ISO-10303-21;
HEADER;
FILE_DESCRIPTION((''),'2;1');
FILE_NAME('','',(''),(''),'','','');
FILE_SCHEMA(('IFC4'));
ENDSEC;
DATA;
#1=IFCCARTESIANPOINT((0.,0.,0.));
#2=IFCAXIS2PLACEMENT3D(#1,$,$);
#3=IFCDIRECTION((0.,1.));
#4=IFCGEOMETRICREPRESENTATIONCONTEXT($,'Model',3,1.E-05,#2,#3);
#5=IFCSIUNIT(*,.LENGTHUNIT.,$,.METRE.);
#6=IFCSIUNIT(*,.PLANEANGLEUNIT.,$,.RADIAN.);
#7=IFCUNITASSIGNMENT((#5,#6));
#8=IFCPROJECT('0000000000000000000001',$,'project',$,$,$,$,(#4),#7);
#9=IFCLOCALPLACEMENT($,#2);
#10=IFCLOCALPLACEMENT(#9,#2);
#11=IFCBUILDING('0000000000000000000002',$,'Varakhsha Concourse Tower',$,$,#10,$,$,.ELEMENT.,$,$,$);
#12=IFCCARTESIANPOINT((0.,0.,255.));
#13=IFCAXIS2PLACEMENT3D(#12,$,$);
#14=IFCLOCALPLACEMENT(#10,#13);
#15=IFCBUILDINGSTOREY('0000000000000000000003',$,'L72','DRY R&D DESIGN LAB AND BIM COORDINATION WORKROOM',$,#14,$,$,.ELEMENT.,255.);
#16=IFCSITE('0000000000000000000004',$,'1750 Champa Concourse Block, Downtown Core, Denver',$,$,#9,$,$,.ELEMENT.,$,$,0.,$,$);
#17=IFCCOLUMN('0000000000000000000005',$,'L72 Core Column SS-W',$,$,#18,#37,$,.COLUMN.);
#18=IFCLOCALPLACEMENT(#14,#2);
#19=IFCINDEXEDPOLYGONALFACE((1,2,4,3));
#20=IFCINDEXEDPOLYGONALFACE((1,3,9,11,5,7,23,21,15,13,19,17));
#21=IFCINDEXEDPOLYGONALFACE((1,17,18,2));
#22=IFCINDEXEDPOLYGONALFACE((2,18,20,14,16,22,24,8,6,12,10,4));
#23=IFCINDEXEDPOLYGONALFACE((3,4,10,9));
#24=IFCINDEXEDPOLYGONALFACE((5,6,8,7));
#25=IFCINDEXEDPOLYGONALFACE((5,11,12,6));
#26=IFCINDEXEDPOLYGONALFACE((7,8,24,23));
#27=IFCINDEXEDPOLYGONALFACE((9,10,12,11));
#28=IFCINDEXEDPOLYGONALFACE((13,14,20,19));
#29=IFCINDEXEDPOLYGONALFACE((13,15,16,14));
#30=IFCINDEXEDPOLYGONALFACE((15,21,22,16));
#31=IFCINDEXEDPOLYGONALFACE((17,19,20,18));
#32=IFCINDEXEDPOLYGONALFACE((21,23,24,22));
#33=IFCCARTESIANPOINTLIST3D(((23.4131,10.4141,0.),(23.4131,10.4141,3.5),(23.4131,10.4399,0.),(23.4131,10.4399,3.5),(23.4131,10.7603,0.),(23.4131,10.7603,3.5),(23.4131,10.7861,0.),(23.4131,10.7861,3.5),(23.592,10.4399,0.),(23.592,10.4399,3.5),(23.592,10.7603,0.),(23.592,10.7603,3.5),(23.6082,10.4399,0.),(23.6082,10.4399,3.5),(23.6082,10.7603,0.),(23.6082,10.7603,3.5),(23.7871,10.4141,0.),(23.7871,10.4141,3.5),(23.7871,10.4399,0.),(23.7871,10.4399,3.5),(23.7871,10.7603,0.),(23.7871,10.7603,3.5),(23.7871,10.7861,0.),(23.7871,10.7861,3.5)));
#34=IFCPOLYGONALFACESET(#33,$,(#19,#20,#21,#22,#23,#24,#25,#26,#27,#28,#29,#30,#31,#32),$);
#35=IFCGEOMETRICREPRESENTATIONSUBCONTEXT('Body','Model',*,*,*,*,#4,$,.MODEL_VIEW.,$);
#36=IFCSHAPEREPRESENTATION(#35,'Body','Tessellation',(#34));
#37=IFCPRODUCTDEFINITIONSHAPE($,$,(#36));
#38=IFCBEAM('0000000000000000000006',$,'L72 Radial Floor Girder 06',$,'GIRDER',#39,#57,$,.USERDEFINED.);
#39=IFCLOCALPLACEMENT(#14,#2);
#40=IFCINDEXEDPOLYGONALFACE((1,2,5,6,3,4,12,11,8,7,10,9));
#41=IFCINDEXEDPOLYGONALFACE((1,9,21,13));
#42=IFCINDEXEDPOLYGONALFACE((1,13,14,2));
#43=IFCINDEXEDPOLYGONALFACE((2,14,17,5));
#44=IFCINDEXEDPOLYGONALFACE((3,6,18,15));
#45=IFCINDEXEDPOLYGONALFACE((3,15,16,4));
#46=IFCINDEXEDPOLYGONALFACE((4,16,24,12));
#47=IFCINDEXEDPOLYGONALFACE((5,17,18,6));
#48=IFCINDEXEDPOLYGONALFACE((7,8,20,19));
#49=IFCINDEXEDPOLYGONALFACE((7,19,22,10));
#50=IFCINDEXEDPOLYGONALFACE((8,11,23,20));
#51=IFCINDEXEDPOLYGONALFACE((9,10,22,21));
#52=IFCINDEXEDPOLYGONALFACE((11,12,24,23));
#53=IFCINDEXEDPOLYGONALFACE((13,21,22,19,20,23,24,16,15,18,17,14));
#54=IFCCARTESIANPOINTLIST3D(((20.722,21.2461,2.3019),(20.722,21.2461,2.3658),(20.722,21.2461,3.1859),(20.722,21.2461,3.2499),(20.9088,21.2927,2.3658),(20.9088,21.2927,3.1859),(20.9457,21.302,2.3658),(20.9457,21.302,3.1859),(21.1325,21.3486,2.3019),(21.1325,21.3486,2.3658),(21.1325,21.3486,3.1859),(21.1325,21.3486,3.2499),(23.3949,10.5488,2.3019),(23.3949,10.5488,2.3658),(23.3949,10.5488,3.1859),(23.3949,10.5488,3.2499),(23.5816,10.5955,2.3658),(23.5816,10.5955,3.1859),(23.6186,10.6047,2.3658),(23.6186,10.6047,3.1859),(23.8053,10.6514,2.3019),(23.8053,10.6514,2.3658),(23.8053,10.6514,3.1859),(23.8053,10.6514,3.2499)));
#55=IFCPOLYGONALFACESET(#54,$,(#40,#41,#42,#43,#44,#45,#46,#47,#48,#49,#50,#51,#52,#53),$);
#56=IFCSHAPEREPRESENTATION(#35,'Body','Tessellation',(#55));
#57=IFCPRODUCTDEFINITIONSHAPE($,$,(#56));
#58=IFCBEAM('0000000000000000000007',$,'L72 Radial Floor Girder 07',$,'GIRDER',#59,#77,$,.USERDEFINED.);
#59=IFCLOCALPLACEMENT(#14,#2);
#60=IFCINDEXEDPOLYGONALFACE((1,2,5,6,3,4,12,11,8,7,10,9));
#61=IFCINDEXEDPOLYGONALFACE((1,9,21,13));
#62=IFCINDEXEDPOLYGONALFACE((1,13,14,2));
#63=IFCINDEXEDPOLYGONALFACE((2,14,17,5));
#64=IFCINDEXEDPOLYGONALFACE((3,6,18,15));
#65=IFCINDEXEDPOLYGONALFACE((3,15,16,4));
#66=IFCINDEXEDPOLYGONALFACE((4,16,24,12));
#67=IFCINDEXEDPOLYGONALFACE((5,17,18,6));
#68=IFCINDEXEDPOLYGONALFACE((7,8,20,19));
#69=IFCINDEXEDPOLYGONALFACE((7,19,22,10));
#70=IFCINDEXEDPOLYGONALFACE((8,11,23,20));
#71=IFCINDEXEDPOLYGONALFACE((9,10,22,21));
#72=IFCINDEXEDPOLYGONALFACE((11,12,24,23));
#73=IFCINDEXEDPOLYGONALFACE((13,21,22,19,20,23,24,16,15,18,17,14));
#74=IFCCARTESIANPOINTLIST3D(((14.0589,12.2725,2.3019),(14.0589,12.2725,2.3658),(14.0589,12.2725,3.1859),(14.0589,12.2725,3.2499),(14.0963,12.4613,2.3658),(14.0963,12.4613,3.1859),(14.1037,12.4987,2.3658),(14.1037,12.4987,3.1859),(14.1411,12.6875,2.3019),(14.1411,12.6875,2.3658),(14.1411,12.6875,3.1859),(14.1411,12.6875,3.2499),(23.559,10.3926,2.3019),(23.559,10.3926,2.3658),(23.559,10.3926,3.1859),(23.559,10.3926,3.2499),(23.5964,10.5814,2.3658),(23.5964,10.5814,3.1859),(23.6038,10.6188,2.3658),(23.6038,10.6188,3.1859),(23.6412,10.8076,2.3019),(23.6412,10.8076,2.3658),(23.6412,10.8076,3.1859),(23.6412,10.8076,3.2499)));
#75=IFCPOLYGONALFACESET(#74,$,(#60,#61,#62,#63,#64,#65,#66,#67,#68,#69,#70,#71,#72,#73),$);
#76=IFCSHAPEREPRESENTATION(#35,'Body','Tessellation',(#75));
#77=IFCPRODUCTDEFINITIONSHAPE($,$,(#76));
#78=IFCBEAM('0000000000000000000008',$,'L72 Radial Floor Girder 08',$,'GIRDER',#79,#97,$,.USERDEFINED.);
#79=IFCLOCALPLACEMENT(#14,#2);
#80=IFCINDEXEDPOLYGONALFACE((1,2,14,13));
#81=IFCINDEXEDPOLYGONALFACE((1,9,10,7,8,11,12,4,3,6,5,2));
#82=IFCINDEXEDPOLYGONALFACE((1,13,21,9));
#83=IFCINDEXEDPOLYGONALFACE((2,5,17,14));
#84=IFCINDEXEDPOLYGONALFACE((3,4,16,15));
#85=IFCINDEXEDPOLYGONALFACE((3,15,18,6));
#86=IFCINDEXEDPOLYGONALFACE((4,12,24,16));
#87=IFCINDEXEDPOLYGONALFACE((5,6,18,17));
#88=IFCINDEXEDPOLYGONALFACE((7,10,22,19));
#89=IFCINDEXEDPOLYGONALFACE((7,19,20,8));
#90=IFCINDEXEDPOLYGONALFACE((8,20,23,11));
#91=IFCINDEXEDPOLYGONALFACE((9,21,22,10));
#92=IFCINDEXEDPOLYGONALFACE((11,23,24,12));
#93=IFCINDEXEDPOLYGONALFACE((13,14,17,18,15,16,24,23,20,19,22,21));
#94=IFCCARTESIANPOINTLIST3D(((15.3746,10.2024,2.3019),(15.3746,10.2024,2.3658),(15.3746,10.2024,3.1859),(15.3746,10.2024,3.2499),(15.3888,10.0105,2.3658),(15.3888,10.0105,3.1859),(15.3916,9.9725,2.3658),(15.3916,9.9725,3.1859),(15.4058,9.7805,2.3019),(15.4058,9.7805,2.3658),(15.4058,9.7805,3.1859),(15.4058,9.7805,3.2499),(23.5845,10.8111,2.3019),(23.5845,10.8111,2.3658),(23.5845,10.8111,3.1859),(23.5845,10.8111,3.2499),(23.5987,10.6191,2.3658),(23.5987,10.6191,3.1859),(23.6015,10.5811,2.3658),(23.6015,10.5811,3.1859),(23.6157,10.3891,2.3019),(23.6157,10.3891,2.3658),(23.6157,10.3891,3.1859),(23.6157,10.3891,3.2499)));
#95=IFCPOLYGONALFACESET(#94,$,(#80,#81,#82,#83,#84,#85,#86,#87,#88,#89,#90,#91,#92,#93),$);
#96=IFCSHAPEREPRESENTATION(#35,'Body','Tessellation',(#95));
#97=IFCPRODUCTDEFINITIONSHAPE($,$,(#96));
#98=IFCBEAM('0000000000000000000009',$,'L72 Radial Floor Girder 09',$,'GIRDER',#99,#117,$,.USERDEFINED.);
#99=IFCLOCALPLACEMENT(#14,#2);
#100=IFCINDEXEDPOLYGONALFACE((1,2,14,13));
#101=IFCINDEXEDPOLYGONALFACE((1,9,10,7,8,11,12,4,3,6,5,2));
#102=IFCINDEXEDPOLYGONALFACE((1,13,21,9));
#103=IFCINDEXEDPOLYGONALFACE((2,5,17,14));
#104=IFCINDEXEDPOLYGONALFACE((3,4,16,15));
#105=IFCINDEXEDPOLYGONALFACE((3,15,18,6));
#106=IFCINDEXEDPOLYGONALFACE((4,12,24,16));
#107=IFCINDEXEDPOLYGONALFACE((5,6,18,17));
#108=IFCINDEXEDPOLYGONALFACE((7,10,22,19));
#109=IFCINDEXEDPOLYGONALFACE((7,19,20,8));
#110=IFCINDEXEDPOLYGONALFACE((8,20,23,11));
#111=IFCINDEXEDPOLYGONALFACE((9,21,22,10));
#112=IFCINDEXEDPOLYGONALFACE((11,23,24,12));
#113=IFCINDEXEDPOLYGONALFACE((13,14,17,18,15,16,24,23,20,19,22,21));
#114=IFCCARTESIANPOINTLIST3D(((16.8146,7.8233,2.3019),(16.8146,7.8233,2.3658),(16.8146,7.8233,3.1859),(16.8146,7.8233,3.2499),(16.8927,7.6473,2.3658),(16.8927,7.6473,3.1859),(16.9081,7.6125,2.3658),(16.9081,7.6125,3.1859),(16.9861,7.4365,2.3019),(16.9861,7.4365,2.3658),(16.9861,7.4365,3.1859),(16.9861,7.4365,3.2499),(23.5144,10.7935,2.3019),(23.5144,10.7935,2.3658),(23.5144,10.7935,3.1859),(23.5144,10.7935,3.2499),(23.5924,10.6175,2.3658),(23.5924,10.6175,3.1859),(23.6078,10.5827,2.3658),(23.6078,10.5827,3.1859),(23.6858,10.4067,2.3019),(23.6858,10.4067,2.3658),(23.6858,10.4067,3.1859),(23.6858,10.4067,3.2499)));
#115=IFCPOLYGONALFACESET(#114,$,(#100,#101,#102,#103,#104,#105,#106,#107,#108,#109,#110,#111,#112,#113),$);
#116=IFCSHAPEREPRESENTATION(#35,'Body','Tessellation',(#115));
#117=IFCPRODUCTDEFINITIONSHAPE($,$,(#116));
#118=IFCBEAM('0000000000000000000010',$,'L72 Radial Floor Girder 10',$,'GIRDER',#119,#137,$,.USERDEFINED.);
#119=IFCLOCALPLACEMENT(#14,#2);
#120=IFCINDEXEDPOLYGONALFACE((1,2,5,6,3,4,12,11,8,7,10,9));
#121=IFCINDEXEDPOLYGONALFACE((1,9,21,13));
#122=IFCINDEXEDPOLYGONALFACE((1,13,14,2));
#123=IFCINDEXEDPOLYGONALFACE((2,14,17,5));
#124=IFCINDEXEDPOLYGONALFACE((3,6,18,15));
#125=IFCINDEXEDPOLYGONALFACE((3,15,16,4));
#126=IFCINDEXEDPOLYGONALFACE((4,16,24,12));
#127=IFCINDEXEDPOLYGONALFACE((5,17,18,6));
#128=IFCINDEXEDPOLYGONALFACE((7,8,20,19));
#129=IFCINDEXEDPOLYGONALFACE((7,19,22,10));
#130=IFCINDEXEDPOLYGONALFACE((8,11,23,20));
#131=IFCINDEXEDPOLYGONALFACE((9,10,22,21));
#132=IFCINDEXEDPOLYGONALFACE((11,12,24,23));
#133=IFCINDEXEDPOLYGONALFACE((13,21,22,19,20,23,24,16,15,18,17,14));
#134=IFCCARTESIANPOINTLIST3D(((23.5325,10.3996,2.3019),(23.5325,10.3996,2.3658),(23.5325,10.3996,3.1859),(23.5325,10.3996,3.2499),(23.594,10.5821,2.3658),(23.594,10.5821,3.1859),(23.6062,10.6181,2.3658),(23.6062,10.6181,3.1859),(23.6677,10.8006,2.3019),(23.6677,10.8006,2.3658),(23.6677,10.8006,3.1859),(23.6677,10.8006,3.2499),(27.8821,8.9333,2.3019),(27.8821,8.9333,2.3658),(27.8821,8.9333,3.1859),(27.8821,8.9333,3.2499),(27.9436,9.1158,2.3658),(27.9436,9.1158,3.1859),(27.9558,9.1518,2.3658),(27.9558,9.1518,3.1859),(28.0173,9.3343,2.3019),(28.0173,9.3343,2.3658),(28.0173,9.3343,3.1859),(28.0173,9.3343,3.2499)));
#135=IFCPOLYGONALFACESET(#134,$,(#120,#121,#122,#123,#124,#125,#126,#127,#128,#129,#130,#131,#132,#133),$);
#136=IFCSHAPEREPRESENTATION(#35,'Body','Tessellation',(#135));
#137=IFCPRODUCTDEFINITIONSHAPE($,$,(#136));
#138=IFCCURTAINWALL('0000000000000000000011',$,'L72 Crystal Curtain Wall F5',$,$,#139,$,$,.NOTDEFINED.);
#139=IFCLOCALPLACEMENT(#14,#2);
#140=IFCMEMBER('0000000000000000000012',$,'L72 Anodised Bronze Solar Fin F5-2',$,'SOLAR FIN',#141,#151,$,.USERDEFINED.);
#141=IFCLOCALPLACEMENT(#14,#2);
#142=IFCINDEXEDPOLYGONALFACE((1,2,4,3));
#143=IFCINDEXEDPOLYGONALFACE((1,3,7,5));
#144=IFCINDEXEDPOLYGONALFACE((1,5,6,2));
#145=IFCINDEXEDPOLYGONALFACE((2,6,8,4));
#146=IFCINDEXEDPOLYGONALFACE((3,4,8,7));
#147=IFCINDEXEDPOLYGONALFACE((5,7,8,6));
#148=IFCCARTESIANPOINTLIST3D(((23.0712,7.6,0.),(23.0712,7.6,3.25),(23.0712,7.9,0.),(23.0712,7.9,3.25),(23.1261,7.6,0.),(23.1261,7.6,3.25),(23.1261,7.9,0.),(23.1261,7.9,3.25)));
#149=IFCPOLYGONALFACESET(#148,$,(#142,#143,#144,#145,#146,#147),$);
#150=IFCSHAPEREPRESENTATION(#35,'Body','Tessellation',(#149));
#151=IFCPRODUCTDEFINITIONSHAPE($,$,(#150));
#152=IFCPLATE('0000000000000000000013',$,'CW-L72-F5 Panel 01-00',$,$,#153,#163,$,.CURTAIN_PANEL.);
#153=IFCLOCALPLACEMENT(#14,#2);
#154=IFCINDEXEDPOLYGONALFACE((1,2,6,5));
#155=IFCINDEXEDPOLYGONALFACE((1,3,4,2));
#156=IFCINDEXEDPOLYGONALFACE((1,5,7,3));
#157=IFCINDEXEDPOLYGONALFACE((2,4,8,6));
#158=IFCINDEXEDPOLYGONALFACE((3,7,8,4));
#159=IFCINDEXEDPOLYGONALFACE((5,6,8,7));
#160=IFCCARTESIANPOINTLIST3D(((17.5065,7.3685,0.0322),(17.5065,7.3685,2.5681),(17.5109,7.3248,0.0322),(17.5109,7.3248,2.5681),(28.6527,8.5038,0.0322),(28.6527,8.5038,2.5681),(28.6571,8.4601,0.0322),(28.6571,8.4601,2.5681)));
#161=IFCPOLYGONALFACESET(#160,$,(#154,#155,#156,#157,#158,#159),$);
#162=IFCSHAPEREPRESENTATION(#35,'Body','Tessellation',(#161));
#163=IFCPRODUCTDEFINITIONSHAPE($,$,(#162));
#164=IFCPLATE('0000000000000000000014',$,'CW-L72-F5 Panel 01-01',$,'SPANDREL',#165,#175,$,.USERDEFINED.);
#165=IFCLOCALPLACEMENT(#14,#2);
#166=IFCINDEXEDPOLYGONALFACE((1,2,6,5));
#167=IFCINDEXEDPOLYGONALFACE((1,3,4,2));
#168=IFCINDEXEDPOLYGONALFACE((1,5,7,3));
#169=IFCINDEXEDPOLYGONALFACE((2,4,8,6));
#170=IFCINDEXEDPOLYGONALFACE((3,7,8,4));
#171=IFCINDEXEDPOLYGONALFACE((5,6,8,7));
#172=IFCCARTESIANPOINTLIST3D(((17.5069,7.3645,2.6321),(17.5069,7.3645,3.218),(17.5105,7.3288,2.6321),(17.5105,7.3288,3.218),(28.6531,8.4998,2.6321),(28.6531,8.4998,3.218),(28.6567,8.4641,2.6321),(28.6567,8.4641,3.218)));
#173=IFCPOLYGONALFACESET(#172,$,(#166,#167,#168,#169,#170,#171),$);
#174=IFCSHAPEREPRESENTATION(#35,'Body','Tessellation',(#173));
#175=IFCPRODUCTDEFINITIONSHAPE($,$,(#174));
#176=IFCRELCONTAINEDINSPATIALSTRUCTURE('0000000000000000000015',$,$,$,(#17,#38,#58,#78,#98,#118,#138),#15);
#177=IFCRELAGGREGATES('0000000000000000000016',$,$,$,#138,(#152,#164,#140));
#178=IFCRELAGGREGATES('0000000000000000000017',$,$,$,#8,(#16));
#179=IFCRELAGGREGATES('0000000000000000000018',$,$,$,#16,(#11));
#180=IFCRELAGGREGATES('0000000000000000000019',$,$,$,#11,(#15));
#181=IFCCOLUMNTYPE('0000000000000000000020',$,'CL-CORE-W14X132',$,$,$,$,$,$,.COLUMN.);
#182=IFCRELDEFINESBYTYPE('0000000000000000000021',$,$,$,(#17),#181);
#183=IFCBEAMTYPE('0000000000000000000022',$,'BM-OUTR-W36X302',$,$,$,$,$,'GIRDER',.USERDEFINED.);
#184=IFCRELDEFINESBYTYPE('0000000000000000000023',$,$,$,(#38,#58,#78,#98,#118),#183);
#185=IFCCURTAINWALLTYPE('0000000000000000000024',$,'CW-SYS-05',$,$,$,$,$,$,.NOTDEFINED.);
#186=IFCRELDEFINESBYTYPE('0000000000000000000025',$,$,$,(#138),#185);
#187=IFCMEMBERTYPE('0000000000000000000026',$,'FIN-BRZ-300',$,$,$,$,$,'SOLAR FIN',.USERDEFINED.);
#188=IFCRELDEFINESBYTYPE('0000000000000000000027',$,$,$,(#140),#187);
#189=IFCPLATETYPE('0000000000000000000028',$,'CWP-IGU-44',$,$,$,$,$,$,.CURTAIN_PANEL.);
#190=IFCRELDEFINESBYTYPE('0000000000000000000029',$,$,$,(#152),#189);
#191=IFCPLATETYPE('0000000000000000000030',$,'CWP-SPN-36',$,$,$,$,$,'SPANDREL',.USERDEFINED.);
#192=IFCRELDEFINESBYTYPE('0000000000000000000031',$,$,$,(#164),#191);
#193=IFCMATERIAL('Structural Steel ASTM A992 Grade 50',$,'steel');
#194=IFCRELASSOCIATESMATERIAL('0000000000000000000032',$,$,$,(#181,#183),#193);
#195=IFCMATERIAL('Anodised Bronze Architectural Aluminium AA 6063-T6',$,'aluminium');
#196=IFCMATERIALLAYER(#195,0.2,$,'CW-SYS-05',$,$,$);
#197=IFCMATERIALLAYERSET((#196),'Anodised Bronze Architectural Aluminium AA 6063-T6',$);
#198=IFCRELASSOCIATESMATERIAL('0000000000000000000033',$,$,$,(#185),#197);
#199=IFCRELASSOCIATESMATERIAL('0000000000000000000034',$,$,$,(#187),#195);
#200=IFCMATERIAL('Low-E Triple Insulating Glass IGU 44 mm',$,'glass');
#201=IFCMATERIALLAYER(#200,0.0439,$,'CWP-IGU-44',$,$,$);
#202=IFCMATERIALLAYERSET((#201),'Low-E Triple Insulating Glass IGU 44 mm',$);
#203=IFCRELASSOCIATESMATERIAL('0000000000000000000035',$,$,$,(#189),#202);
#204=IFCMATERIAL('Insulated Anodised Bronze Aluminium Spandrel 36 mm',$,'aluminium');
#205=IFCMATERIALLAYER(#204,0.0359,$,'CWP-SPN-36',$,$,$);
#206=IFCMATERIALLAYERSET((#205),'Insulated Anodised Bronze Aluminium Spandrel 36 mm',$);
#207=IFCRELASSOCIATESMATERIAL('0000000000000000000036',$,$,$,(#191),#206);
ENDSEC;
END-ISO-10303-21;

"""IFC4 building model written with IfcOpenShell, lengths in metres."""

from ifc_helpers import new_model, si_unit, direction, frame, origin, origin_2d, place, context, subcontext, project, spatial, rectangle, i_section, extrude, source, transform, mapped, material, layer, layer_set, material_profile, profile_set, type_object, type_shapes, element, aggregate, save


model = new_model("IFC4")

# Units and contexts
model_context = context("Model", 3, precision=1e-05, world=origin(), true_north=direction((0.0, 1.0)))
body_context = subcontext(model_context, "Body", "Model", "MODEL_VIEW")
ifc_project = project(units=[si_unit("LENGTHUNIT", "METRE"), si_unit("PLANEANGLEUNIT", "RADIAN")], contexts=[model_context])

# Site, building, storey
site_placement = place(None, origin())
site = spatial("IfcSite", under=ifc_project, at=site_placement, Name="1750 Champa Concourse Block, Downtown Core, Denver", CompositionType="ELEMENT", RefElevation=0.0)
building_placement = place(site_placement, origin())
building = spatial("IfcBuilding", under=site, at=building_placement, Name="Varakhsha Concourse Tower", CompositionType="ELEMENT")
storey_placement = place(building_placement, frame((0.0, 0.0, 255.0)))
storey = spatial("IfcBuildingStorey", under=building, at=storey_placement, Name="L72", Description="DRY R&D DESIGN LAB AND BIM COORDINATION WORKROOM", CompositionType="ELEMENT", Elevation=255.0)

# Column
ifc_material_1 = material(Name="Structural Steel ASTM A992 Grade 50", Category="steel")
ifc_material_profile_1 = material_profile(ifc_material_1, i_section(OverallWidth=0.374, OverallDepth=0.3721, WebThickness=0.0161, FlangeThickness=0.0259, at=origin_2d()), Name="W14X132")
ifc_profile_set_1 = profile_set([ifc_material_profile_1], Name="Structural Steel ASTM A992 Grade 50")
column_type = type_object("IfcColumnType", Name="CL-CORE-W14X132", PredefinedType="COLUMN", material=ifc_profile_set_1)
column_placement = place(storey_placement, frame((23.6001, 10.6001, 0.0), z_axis=(0.0, 0.0, 1.0), x_axis=(1.0, 0.0, 0.0)))
element("IfcColumn", 1, at=column_placement, inside=storey, type_object=column_type, Name="L72 Core Column SS-W", PredefinedType="COLUMN", context=body_context, shape_type="SweptSolid", body=[
    extrude(i_section(OverallWidth=0.374, OverallDepth=0.3721, WebThickness=0.0161, FlangeThickness=0.0259, at=origin_2d()), origin(), (0.0, 0.0, 1.0), 3.5),
])

# Beams
ifc_material_profile_2 = material_profile(ifc_material_1, i_section(OverallWidth=0.4231, OverallDepth=0.948, WebThickness=0.0381, FlangeThickness=0.064, at=origin_2d()), Name="W36X302")
ifc_profile_set_2 = profile_set([ifc_material_profile_2], Name="Structural Steel ASTM A992 Grade 50")
beam_type = type_object("IfcBeamType", Name="BM-OUTR-W36X302", ElementType="GIRDER", PredefinedType="USERDEFINED", material=ifc_profile_set_2)
beam_1_placement = place(storey_placement, frame((23.6001, 10.6001, 2.7759), z_axis=(-0.242411, 0.970174, 0.0), x_axis=(-0.970174, -0.242411, 0.0)))
element("IfcBeam", 2, at=beam_1_placement, inside=storey, type_object=beam_type, Name="L72 Radial Floor Girder 06", ObjectType="GIRDER", PredefinedType="USERDEFINED", context=body_context, shape_type="SweptSolid", body=[
    extrude(i_section(OverallWidth=0.4231, OverallDepth=0.948, WebThickness=0.0381, FlangeThickness=0.064, at=origin_2d()), origin(), (0.0, 0.0, 1.0), 11.0261),
])
beam_2_placement = place(storey_placement, frame((23.6001, 10.6001, 2.7759), z_axis=(-0.980978, 0.194118, 0.0), x_axis=(-0.194118, -0.980978, 0.0)))
element("IfcBeam", 3, at=beam_2_placement, inside=storey, type_object=beam_type, Name="L72 Radial Floor Girder 07", ObjectType="GIRDER", PredefinedType="USERDEFINED", context=body_context, shape_type="SweptSolid", body=[
    extrude(i_section(OverallWidth=0.4231, OverallDepth=0.948, WebThickness=0.0381, FlangeThickness=0.064, at=origin_2d()), origin(), (0.0, 0.0, 1.0), 9.6843),
])
beam_3_placement = place(storey_placement, frame((23.6001, 10.6001, 2.7759), z_axis=(-0.997263, -0.073932, 0.0), x_axis=(0.073932, -0.997263, 0.0)))
element("IfcBeam", 4, at=beam_3_placement, inside=storey, type_object=beam_type, Name="L72 Radial Floor Girder 08", ObjectType="GIRDER", PredefinedType="USERDEFINED", context=body_context, shape_type="SweptSolid", body=[
    extrude(i_section(OverallWidth=0.4231, OverallDepth=0.948, WebThickness=0.0381, FlangeThickness=0.064, at=origin_2d()), origin(), (0.0, 0.0, 1.0), 8.2324),
])
beam_4_placement = place(storey_placement, frame((23.6001, 10.6001, 2.7759), z_axis=(-0.914188, -0.405291, 0.0), x_axis=(0.405291, -0.914188, 0.0)))
element("IfcBeam", 5, at=beam_4_placement, inside=storey, type_object=beam_type, Name="L72 Radial Floor Girder 09", ObjectType="GIRDER", PredefinedType="USERDEFINED", context=body_context, shape_type="SweptSolid", body=[
    extrude(i_section(OverallWidth=0.4231, OverallDepth=0.948, WebThickness=0.0381, FlangeThickness=0.064, at=origin_2d()), origin(), (0.0, 0.0, 1.0), 7.3286),
])
beam_5_placement = place(storey_placement, frame((23.6001, 10.6001, 2.7759), z_axis=(0.947603, -0.319449, 0.0), x_axis=(0.319449, 0.947603, 0.0)))
element("IfcBeam", 6, at=beam_5_placement, inside=storey, type_object=beam_type, Name="L72 Radial Floor Girder 10", ObjectType="GIRDER", PredefinedType="USERDEFINED", context=body_context, shape_type="SweptSolid", body=[
    extrude(i_section(OverallWidth=0.4231, OverallDepth=0.948, WebThickness=0.0381, FlangeThickness=0.064, at=origin_2d()), origin(), (0.0, 0.0, 1.0), 4.5901),
])

# Curtain wall, member, plates
ifc_material_2 = material(Name="Anodised Bronze Architectural Aluminium AA 6063-T6", Category="aluminium")
ifc_layer_1 = layer(ifc_material_2, 0.2, Name="CW-SYS-05")
ifc_layer_set_1 = layer_set([ifc_layer_1], Name="Anodised Bronze Architectural Aluminium AA 6063-T6")
curtain_wall_type = type_object("IfcCurtainWallType", Name="CW-SYS-05", PredefinedType="NOTDEFINED", material=ifc_layer_set_1)
curtain_wall_placement = place(storey_placement, origin())
curtain_wall = element("IfcCurtainWall", 7, at=curtain_wall_placement, inside=storey, type_object=curtain_wall_type, Name="L72 Crystal Curtain Wall F5", PredefinedType="NOTDEFINED")
ifc_material_profile_3 = material_profile(ifc_material_2, rectangle(XDim=0.0549, YDim=0.3, at=origin_2d()), Name="FIN-BRZ-300")
ifc_profile_set_3 = profile_set([ifc_material_profile_3], Name="Anodised Bronze Architectural Aluminium AA 6063-T6")
member_type = type_object("IfcMemberType", Name="FIN-BRZ-300", ElementType="SOLAR FIN", PredefinedType="USERDEFINED", material=ifc_profile_set_3)
shared_shape_1 = source(origin(), body_context, "Body", "SweptSolid", [
    extrude(rectangle(XDim=0.0549, YDim=0.3, at=origin_2d()), origin(), (0.0, 0.0, 1.0), 3.25),
])
type_shapes(member_type, [shared_shape_1])
member_placement = place(storey_placement, frame((23.0986, 7.75, 0.0), z_axis=(0.0, 0.0, 1.0), x_axis=(1.0, 0.0, 0.0)))
member = element("IfcMember", 8, at=member_placement, type_object=member_type, Name="L72 Anodised Bronze Solar Fin F5-2", ObjectType="SOLAR FIN", PredefinedType="USERDEFINED", context=body_context, shape_type="MappedRepresentation", body=[
    mapped(shared_shape_1, transform((0.0, 0.0, 0.0), scale=1.0)),
])
ifc_material_3 = material(Name="Low-E Triple Insulating Glass IGU 44 mm", Category="glass")
ifc_layer_2 = layer(ifc_material_3, 0.0439, Name="CWP-IGU-44")
ifc_layer_set_2 = layer_set([ifc_layer_2], Name="Low-E Triple Insulating Glass IGU 44 mm")
plate_type_1 = type_object("IfcPlateType", Name="CWP-IGU-44", PredefinedType="CURTAIN_PANEL", material=ifc_layer_set_2)
shared_shape_2 = source(origin(), body_context, "Body", "SweptSolid", [
    extrude(rectangle(XDim=11.2039, YDim=0.0439, at=origin_2d()), origin(), (0.0, 0.0, 1.0), 2.5359),
])
type_shapes(plate_type_1, [shared_shape_2])
plate_1_placement = place(storey_placement, frame((23.0818, 7.9143, 0.0322), z_axis=(0.0, 0.0, 1.0), x_axis=(-0.994852, -0.101336, 0.0)))
plate_1 = element("IfcPlate", 9, at=plate_1_placement, type_object=plate_type_1, Name="CW-L72-F5 Panel 01-00", PredefinedType="CURTAIN_PANEL", context=body_context, shape_type="MappedRepresentation", body=[
    mapped(shared_shape_2, transform((0.0, 0.0, 0.0), scale=1.0)),
])
ifc_material_4 = material(Name="Insulated Anodised Bronze Aluminium Spandrel 36 mm", Category="aluminium")
ifc_layer_3 = layer(ifc_material_4, 0.0359, Name="CWP-SPN-36")
ifc_layer_set_3 = layer_set([ifc_layer_3], Name="Insulated Anodised Bronze Aluminium Spandrel 36 mm")
plate_type_2 = type_object("IfcPlateType", Name="CWP-SPN-36", ElementType="SPANDREL", PredefinedType="USERDEFINED", material=ifc_layer_set_3)
shared_shape_3 = source(origin(), body_context, "Body", "SweptSolid", [
    extrude(rectangle(XDim=11.2039, YDim=0.0359, at=origin_2d()), origin(), (0.0, 0.0, 1.0), 0.5859),
])
type_shapes(plate_type_2, [shared_shape_3])
plate_2_placement = place(storey_placement, frame((23.0818, 7.9143, 2.6321), z_axis=(0.0, 0.0, 1.0), x_axis=(-0.994852, -0.101336, 0.0)))
plate_2 = element("IfcPlate", 10, at=plate_2_placement, type_object=plate_type_2, Name="CW-L72-F5 Panel 01-01", ObjectType="SPANDREL", PredefinedType="USERDEFINED", context=body_context, shape_type="MappedRepresentation", body=[
    mapped(shared_shape_3, transform((0.0, 0.0, 0.0), scale=1.0)),
])
aggregate(curtain_wall, [plate_1, plate_2, member])

save(model, "model.ifc")
